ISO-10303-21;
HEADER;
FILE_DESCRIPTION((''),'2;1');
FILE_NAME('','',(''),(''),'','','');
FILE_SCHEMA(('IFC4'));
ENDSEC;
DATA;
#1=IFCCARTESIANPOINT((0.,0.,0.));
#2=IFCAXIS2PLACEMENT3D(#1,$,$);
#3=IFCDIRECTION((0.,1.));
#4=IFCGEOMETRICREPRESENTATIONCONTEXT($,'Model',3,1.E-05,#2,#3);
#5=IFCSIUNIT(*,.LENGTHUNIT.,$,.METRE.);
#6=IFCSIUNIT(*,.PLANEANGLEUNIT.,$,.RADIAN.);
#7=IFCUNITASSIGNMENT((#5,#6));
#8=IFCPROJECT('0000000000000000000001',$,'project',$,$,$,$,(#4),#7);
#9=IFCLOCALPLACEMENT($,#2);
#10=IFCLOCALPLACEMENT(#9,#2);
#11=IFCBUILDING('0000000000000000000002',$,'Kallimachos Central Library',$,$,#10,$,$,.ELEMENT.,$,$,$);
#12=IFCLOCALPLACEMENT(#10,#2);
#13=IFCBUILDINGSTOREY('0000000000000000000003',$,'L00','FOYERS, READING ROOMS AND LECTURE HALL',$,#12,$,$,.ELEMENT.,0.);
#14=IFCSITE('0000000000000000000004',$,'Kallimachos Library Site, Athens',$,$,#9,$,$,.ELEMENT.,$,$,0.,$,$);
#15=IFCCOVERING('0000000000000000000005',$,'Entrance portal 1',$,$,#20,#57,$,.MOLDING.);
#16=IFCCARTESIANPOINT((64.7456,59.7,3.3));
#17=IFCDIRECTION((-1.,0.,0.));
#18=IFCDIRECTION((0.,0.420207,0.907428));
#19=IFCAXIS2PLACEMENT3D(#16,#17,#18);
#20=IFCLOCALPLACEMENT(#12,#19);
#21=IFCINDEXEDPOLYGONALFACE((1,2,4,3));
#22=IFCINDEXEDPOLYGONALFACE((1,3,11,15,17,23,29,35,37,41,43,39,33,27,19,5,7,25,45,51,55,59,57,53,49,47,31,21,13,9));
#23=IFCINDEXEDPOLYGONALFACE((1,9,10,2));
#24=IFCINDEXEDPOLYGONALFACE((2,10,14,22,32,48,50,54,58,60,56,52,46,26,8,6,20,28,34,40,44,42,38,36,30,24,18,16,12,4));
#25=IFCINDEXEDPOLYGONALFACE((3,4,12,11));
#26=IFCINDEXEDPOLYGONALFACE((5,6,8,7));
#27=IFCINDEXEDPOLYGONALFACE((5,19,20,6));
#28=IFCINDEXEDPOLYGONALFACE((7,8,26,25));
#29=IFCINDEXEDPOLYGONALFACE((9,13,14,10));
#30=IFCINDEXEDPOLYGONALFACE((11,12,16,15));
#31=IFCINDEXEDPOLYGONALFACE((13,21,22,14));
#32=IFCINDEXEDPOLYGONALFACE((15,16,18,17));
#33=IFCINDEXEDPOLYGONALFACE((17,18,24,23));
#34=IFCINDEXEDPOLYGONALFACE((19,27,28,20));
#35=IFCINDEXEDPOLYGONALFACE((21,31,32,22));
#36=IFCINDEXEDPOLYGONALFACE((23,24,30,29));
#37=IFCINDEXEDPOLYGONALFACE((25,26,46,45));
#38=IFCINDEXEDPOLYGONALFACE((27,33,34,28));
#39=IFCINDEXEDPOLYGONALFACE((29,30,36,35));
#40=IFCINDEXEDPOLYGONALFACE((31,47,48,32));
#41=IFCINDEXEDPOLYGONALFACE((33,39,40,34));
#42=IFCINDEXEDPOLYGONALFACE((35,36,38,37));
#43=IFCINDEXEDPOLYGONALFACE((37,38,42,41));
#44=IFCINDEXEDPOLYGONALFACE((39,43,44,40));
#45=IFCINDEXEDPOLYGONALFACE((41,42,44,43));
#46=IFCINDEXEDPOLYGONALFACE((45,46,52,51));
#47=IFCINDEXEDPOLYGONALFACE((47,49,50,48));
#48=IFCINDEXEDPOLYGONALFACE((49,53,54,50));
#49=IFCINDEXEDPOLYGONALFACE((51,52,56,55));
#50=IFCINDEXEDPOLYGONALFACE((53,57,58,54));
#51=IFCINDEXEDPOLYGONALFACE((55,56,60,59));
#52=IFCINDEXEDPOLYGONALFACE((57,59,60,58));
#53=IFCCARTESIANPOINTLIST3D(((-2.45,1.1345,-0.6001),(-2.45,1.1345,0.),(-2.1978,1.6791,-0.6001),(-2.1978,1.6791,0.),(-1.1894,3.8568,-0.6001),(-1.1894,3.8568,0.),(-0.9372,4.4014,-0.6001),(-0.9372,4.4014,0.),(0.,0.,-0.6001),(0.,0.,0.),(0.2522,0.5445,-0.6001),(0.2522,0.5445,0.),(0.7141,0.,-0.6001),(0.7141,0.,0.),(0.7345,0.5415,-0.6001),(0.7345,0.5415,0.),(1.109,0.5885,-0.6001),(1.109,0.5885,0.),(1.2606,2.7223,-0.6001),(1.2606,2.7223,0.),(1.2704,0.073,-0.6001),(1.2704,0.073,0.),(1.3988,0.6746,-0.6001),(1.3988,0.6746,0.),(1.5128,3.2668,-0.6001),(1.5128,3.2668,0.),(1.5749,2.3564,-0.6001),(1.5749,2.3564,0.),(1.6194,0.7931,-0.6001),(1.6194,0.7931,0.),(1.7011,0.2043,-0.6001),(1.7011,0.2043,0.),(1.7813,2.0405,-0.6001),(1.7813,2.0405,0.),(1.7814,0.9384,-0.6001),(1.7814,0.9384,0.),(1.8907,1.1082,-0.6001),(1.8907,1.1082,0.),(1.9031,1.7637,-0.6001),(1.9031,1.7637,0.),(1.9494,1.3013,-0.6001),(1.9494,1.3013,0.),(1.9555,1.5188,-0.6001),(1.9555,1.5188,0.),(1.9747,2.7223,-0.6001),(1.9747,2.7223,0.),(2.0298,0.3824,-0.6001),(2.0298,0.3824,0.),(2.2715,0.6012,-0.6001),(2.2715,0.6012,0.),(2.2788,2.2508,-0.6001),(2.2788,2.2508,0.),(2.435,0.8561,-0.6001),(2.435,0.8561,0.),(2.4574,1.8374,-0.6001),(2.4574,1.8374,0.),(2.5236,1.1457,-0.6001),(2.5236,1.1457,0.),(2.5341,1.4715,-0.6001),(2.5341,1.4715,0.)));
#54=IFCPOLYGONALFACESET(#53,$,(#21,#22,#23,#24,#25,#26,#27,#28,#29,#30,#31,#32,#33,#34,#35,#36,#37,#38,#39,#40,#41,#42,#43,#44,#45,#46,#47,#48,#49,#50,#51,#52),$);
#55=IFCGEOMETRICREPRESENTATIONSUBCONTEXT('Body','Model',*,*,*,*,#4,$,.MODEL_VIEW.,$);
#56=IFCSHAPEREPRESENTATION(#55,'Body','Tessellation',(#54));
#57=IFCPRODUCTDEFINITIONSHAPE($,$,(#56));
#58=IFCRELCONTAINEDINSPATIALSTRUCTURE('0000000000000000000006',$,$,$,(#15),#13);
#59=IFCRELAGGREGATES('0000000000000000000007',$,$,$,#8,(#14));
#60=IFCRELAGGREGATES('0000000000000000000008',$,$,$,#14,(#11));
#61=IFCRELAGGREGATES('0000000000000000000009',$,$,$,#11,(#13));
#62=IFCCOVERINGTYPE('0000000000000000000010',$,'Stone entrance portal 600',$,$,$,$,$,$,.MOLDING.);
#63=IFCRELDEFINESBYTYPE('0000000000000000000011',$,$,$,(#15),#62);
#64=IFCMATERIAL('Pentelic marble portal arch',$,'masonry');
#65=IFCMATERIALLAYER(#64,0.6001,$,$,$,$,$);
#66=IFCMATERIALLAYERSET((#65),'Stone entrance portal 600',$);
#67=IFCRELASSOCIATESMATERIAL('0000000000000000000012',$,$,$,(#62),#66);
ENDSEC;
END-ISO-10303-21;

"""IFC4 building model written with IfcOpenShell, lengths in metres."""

from ifc_helpers import new_model, si_unit, direction, frame, origin, place, context, subcontext, project, spatial, polyline, outline, extrude, material, layer, layer_set, type_object, element, save


model = new_model("IFC4")

# Units and contexts
model_context = context("Model", 3, precision=1e-05, world=origin(), true_north=direction((0.0, 1.0)))
body_context = subcontext(model_context, "Body", "Model", "MODEL_VIEW")
ifc_project = project(units=[si_unit("LENGTHUNIT", "METRE"), si_unit("PLANEANGLEUNIT", "RADIAN")], contexts=[model_context])

# Site, building, storey
site_placement = place(None, origin())
site = spatial("IfcSite", under=ifc_project, at=site_placement, Name="Kallimachos Library Site, Athens", CompositionType="ELEMENT", RefElevation=0.0)
building_placement = place(site_placement, origin())
building = spatial("IfcBuilding", under=site, at=building_placement, Name="Kallimachos Central Library", CompositionType="ELEMENT")
storey_placement = place(building_placement, origin())
storey = spatial("IfcBuildingStorey", under=building, at=storey_placement, Name="L00", Description="FOYERS, READING ROOMS AND LECTURE HALL", CompositionType="ELEMENT", Elevation=0.0)

# Covering
ifc_material_1 = material(Name="Pentelic marble portal arch", Category="masonry")
ifc_layer_1 = layer(ifc_material_1, 0.6001)
ifc_layer_set_1 = layer_set([ifc_layer_1], Name="Stone entrance portal 600")
covering_type_1 = type_object("IfcCoveringType", Name="Stone entrance portal 600", PredefinedType="MOLDING", material=ifc_layer_set_1)
covering_placement = place(storey_placement, frame((64.7456, 59.7, 3.3), z_axis=(-1.0, 0.0, 0.0), x_axis=(0.0, 0.420207, 0.907428)))
element("IfcCovering", 1, at=covering_placement, inside=storey, type_object=covering_type_1, Name="Entrance portal 1", PredefinedType="MOLDING", context=body_context, shape_type="SweptSolid", body=[
    extrude(outline(polyline([(0.0, 0.0), (0.7141, 0.0), (1.2704, 0.073), (1.7011, 0.2043), (2.0298, 0.3824), (2.2715, 0.6012), (2.435, 0.8561), (2.5236, 1.1457), (2.5341, 1.4715), (2.4574, 1.8374), (2.2788, 2.2508), (1.9747, 2.7223), (1.5128, 3.2668), (-0.9372, 4.4014), (-1.1894, 3.8568), (1.2606, 2.7223), (1.5749, 2.3564), (1.7813, 2.0405), (1.9031, 1.7637), (1.9555, 1.5188), (1.9494, 1.3013), (1.8907, 1.1082), (1.7814, 0.9384), (1.6194, 0.7931), (1.3988, 0.6746), (1.109, 0.5885), (0.7345, 0.5415), (0.2522, 0.5445), (-2.1978, 1.6791), (-2.45, 1.1345), (0.0, 0.0)])), origin(), (0.0, 0.0, -1.0), 0.6001),
])

save(model, "model.ifc")
